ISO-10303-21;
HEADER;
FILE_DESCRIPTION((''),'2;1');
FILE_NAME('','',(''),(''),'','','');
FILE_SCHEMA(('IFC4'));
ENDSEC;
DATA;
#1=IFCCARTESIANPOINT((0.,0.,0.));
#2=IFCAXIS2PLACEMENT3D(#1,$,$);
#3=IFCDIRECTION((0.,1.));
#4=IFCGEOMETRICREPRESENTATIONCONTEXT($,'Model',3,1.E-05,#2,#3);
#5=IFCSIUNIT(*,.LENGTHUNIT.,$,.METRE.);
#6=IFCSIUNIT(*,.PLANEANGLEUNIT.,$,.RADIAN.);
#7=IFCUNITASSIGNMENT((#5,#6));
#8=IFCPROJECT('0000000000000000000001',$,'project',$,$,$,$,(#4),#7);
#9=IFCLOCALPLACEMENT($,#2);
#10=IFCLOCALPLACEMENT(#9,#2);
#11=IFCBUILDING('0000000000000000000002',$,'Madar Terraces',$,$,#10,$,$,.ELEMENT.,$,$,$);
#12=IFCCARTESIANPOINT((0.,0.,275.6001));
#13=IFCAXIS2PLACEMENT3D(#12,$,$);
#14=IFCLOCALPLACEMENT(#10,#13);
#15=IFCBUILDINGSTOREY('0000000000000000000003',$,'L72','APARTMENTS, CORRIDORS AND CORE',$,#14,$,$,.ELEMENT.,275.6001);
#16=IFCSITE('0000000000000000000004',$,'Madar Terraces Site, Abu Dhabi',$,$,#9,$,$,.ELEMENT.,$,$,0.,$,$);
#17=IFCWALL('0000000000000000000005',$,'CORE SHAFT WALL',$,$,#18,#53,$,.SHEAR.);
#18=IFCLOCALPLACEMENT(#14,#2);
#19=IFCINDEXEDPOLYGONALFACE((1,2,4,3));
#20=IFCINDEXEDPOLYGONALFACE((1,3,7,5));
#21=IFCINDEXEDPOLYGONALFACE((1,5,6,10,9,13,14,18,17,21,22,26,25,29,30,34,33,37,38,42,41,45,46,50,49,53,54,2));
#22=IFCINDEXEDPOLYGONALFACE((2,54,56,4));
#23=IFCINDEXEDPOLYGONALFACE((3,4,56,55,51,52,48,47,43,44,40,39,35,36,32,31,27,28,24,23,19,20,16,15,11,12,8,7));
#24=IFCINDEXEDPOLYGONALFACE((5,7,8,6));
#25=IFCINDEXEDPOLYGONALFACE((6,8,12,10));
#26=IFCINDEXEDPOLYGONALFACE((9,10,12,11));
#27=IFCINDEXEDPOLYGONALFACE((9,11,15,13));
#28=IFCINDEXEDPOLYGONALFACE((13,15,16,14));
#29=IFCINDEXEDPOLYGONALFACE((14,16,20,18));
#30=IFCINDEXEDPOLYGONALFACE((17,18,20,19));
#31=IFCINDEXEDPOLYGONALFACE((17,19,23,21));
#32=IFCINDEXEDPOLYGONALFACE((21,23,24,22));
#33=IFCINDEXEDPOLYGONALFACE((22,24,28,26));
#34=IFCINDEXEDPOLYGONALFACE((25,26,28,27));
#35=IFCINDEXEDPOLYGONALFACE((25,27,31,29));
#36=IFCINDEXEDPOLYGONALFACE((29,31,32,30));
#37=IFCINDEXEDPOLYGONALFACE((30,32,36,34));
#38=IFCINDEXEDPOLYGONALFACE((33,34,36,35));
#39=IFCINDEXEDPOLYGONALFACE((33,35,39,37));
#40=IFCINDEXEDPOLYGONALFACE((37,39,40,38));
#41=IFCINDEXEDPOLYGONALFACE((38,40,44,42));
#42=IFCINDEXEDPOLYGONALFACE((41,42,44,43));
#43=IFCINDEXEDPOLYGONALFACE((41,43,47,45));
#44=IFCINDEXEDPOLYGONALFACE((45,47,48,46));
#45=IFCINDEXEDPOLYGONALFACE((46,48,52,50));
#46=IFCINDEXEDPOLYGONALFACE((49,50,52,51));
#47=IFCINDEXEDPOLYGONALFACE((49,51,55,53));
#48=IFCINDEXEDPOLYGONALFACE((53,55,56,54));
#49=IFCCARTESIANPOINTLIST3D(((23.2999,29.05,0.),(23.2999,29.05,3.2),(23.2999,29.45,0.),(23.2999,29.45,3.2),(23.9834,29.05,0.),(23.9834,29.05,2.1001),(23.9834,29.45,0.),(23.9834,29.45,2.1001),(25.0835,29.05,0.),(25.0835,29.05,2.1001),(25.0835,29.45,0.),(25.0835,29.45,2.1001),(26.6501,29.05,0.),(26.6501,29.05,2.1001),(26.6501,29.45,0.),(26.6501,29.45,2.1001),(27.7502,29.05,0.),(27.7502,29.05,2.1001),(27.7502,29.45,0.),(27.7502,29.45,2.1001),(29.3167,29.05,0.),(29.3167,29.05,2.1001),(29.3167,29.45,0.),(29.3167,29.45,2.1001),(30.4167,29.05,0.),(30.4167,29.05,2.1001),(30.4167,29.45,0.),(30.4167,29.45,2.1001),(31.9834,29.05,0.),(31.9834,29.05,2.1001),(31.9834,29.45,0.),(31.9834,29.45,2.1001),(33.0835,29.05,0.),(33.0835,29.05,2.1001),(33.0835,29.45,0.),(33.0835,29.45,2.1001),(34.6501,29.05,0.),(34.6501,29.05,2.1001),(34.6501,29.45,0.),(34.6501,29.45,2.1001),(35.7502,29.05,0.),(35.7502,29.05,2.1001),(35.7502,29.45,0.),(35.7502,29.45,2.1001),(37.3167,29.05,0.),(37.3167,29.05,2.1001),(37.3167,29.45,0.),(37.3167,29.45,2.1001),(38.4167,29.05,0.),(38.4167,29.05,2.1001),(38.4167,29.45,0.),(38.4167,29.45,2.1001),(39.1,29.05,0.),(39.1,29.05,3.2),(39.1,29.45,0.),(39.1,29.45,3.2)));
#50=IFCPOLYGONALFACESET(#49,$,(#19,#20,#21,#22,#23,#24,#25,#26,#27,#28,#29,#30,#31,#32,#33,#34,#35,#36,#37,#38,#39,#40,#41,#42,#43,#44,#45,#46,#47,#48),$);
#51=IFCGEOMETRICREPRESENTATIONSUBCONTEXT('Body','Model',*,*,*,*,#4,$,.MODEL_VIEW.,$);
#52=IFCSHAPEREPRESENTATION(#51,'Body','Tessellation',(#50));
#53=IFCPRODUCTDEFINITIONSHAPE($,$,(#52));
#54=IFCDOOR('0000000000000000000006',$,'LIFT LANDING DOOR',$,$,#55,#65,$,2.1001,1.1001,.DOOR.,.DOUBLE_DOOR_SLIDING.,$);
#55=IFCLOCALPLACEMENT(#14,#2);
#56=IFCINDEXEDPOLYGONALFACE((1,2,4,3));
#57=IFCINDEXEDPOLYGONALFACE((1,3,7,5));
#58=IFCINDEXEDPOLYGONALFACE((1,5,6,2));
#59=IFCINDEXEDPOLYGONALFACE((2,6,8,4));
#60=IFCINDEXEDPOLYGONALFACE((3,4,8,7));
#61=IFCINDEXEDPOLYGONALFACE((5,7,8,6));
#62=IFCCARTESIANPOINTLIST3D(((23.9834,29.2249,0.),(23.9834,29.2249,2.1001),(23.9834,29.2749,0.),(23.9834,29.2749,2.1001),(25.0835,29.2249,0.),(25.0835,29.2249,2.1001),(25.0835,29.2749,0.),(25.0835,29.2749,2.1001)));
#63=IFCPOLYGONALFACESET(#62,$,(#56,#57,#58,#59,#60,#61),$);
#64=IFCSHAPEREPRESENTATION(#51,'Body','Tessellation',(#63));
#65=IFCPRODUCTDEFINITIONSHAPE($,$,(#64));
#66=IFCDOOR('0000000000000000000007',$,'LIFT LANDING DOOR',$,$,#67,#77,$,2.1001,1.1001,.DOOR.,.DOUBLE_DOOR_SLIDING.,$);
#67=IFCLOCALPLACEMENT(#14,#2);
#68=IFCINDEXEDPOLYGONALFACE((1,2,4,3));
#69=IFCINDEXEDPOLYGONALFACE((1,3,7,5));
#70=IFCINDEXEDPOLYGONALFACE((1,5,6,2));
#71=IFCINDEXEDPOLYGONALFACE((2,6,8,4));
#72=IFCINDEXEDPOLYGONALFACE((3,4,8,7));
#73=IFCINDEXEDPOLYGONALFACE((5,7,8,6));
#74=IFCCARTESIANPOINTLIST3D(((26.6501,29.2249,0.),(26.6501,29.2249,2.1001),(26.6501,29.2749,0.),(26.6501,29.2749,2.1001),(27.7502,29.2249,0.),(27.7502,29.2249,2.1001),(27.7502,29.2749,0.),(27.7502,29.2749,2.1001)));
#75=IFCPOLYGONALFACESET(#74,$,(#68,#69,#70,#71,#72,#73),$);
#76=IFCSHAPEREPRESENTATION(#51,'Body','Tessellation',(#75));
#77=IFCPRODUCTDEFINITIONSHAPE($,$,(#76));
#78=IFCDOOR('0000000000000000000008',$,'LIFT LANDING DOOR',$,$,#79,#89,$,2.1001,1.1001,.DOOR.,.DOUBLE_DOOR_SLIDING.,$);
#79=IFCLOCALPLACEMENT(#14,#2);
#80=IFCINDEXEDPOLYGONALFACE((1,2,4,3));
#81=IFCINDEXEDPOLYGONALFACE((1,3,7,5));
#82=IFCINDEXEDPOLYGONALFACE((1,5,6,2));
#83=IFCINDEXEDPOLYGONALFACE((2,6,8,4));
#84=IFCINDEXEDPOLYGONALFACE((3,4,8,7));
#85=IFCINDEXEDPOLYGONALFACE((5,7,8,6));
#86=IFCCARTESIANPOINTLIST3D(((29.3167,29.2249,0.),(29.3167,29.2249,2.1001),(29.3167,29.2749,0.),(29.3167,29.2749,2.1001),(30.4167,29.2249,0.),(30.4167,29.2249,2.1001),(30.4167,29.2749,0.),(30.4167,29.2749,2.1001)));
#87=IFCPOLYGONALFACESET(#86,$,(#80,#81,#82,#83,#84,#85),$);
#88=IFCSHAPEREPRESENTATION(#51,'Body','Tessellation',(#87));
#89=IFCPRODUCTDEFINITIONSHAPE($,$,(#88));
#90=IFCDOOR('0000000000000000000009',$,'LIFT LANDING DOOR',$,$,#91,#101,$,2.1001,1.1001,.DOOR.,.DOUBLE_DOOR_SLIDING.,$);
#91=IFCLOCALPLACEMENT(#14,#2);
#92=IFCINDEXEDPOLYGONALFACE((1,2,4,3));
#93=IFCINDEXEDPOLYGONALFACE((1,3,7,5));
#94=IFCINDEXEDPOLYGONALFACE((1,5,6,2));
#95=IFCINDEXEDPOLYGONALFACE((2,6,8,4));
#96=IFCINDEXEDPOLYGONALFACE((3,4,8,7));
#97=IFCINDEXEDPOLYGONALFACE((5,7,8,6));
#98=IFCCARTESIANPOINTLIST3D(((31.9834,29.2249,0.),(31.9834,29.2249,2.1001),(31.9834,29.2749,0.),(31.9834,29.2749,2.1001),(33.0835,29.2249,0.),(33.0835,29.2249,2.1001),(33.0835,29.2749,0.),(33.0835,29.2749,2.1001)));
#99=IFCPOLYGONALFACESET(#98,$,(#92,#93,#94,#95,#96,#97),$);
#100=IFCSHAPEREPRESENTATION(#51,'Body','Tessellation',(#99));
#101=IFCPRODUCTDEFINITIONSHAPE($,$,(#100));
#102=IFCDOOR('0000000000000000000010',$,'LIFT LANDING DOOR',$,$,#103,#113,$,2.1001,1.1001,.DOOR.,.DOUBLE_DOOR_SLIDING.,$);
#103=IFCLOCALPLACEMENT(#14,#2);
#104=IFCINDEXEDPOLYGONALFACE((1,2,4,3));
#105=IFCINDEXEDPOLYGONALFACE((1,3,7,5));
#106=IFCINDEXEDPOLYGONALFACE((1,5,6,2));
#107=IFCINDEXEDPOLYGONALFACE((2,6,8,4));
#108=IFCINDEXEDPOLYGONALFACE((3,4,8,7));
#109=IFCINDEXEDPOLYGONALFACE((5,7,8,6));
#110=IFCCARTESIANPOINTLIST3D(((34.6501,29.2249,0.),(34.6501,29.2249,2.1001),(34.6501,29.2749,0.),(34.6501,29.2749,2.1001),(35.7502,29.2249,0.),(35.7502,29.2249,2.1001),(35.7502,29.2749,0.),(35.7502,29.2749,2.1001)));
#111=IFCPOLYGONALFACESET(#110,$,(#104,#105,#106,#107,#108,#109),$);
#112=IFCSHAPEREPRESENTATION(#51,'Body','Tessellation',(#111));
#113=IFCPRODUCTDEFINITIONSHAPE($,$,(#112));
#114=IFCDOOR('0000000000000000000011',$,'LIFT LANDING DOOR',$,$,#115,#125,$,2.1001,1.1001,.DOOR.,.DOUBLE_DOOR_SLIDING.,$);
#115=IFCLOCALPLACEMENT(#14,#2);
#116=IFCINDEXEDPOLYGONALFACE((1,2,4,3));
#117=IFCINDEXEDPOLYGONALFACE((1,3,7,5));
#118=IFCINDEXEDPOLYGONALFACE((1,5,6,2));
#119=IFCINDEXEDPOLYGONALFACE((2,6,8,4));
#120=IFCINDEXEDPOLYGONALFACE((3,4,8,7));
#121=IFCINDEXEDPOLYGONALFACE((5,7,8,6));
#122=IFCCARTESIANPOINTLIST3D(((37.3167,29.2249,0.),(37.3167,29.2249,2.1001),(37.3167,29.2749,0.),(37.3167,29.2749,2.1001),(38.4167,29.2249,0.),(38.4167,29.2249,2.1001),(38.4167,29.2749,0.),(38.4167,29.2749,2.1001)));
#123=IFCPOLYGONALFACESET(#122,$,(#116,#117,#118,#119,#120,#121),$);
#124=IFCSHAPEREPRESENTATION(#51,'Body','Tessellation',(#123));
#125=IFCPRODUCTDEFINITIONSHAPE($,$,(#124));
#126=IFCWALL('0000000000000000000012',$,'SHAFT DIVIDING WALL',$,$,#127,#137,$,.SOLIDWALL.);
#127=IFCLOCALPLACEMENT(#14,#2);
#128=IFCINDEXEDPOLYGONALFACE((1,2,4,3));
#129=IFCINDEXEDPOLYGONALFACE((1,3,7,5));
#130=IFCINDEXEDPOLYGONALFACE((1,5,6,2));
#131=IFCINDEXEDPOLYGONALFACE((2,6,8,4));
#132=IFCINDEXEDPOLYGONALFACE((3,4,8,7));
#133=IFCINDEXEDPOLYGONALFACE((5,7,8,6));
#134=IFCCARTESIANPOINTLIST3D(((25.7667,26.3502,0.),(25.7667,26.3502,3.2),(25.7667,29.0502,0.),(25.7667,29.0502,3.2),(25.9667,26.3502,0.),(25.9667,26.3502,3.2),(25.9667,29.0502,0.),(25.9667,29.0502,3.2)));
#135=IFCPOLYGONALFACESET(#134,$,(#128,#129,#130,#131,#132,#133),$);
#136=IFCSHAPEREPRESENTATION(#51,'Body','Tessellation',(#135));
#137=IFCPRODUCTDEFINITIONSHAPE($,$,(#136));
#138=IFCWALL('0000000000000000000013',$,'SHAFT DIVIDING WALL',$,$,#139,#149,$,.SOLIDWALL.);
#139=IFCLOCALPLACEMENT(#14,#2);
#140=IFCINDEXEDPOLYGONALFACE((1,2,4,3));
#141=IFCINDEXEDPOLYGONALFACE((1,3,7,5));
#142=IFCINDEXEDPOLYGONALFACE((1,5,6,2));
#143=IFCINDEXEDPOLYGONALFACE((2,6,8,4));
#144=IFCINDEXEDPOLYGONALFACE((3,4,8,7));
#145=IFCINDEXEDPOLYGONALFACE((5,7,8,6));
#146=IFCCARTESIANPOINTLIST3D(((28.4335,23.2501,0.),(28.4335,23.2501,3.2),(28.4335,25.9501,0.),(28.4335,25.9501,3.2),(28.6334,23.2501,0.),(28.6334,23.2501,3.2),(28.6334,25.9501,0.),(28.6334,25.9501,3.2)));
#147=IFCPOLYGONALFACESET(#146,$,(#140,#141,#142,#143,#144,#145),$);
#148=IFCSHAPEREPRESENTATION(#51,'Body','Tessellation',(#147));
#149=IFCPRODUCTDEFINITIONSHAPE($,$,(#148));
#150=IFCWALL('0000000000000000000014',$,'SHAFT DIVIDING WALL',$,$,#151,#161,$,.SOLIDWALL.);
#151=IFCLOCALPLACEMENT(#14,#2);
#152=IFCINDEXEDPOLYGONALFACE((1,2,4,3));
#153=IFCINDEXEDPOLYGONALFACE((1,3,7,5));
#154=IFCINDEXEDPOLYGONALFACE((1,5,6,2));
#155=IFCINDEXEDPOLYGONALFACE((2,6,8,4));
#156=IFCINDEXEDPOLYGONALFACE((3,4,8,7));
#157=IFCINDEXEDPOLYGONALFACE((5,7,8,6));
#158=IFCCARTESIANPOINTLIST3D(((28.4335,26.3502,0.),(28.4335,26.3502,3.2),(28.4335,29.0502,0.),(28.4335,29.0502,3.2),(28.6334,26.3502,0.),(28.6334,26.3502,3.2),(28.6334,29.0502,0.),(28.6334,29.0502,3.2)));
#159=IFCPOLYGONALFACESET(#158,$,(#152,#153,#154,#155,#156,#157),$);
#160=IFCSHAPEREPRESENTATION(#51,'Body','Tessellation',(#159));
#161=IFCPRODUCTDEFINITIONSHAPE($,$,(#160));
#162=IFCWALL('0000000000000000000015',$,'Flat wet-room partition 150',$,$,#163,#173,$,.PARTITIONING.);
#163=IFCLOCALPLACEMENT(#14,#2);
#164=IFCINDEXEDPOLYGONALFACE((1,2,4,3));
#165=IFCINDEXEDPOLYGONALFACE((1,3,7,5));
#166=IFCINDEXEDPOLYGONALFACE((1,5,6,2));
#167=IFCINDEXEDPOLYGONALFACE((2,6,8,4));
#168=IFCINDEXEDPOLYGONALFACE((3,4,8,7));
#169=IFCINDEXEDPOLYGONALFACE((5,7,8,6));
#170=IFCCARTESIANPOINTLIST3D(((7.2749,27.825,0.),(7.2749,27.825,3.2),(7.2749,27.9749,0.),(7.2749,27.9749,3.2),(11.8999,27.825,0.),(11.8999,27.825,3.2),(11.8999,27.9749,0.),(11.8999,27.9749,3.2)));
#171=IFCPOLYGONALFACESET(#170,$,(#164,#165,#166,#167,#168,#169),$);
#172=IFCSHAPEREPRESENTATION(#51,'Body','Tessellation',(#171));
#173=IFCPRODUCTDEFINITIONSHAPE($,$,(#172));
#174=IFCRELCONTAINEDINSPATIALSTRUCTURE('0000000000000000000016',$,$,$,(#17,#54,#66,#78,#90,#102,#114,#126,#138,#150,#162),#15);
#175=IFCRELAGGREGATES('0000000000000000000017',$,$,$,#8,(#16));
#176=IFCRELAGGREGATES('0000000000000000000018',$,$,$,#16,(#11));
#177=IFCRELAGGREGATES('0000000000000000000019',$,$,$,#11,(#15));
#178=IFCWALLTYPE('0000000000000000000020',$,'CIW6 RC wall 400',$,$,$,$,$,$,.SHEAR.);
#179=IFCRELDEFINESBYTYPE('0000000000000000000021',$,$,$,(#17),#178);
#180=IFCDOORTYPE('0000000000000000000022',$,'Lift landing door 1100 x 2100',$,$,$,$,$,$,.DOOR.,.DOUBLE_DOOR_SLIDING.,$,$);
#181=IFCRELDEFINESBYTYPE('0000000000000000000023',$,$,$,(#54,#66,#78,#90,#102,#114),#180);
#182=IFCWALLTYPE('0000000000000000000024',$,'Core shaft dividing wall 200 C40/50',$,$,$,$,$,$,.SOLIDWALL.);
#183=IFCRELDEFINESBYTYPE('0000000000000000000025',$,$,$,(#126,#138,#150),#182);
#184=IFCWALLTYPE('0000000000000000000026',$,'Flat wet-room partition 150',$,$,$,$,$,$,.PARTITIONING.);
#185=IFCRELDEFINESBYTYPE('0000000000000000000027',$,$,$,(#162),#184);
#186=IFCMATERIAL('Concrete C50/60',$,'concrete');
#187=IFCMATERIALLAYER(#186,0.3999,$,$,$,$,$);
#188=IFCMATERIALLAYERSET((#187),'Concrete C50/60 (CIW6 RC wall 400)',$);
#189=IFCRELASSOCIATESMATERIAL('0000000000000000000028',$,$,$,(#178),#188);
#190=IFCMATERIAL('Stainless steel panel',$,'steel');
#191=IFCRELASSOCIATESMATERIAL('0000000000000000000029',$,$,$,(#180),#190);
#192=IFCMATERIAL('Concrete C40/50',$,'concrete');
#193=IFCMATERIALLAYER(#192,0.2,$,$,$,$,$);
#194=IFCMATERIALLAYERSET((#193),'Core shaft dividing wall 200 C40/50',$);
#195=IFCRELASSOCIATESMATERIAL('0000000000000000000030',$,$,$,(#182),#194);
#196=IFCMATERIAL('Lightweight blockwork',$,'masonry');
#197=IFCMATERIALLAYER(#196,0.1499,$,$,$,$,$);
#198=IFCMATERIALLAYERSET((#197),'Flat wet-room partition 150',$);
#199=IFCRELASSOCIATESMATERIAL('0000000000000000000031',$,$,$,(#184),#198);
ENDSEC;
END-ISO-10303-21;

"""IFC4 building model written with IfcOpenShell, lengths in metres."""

from ifc_helpers import new_model, si_unit, direction, frame, frame_2d, origin, place, context, subcontext, project, spatial, rectangle, extrude, material, layer, layer_set, type_object, element, fill, save


model = new_model("IFC4")

# Units and contexts
model_context = context("Model", 3, precision=1e-05, world=origin(), true_north=direction((0.0, 1.0)))
body_context = subcontext(model_context, "Body", "Model", "MODEL_VIEW")
ifc_project = project(units=[si_unit("LENGTHUNIT", "METRE"), si_unit("PLANEANGLEUNIT", "RADIAN")], contexts=[model_context])

# Site, building, storey
site_placement = place(None, origin())
site = spatial("IfcSite", under=ifc_project, at=site_placement, Name="Madar Terraces Site, Abu Dhabi", CompositionType="ELEMENT", RefElevation=0.0)
building_placement = place(site_placement, origin())
building = spatial("IfcBuilding", under=site, at=building_placement, Name="Madar Terraces", CompositionType="ELEMENT")
storey_placement = place(building_placement, frame((0.0, 0.0, 275.6001)))
storey = spatial("IfcBuildingStorey", under=building, at=storey_placement, Name="L72", Description="APARTMENTS, CORRIDORS AND CORE", CompositionType="ELEMENT", Elevation=275.6001)

# Shared definitions
ifc_material_1 = material(Name="Concrete C50/60", Category="concrete")
ifc_layer_1 = layer(ifc_material_1, 0.3999)
ifc_layer_set_1 = layer_set([ifc_layer_1], Name="Concrete C50/60 (CIW6 RC wall 400)")
wall_type_1 = type_object("IfcWallType", Name="CIW6 RC wall 400", PredefinedType="SHEAR", material=ifc_layer_set_1)

# Wall, openings, doors
wall_1_placement = place(storey_placement, frame((23.3, 29.25, 0.0), z_axis=(0.0, 0.0, 1.0), x_axis=(1.0, 0.0, 0.0)))
wall_1 = element("IfcWall", 1, at=wall_1_placement, inside=storey, type_object=wall_type_1, Name="CORE SHAFT WALL", PredefinedType="SHEAR", context=body_context, shape_type="SweptSolid", body=[
    extrude(rectangle(XDim=15.8, YDim=0.3999, at=frame_2d((7.8999, 0.0))), origin(), (0.0, 0.0, 1.0), 3.2),
])
opening_1_placement = place(wall_1_placement, frame((0.6833, 0.0, 0.0)))
opening_1 = element("IfcOpeningElement", 2, at=opening_1_placement, cuts=wall_1, PredefinedType="OPENING", context=body_context, shape_type="SweptSolid", body=[
    extrude(rectangle(XDim=1.1001, YDim=2.1001, at=frame_2d((0.55, 1.05))), frame((0.0, 0.21, 0.0), z_axis=(0.0, -1.0, 0.0), x_axis=(1.0, 0.0, 0.0)), (0.0, 0.0, 1.0), 0.4199),
])
opening_2_placement = place(wall_1_placement, frame((3.3501, 0.0, 0.0)))
opening_2 = element("IfcOpeningElement", 3, at=opening_2_placement, cuts=wall_1, PredefinedType="OPENING", context=body_context, shape_type="SweptSolid", body=[
    extrude(rectangle(XDim=1.1001, YDim=2.1001, at=frame_2d((0.55, 1.05))), frame((0.0, 0.21, 0.0), z_axis=(0.0, -1.0, 0.0), x_axis=(1.0, 0.0, 0.0)), (0.0, 0.0, 1.0), 0.4199),
])
opening_3_placement = place(wall_1_placement, frame((6.0166, 0.0, 0.0)))
opening_3 = element("IfcOpeningElement", 4, at=opening_3_placement, cuts=wall_1, PredefinedType="OPENING", context=body_context, shape_type="SweptSolid", body=[
    extrude(rectangle(XDim=1.1001, YDim=2.1001, at=frame_2d((0.55, 1.05))), frame((0.0, 0.21, 0.0), z_axis=(0.0, -1.0, 0.0), x_axis=(1.0, 0.0, 0.0)), (0.0, 0.0, 1.0), 0.4199),
])
opening_4_placement = place(wall_1_placement, frame((8.6833, 0.0, 0.0)))
opening_4 = element("IfcOpeningElement", 5, at=opening_4_placement, cuts=wall_1, PredefinedType="OPENING", context=body_context, shape_type="SweptSolid", body=[
    extrude(rectangle(XDim=1.1001, YDim=2.1001, at=frame_2d((0.55, 1.05))), frame((0.0, 0.21, 0.0), z_axis=(0.0, -1.0, 0.0), x_axis=(1.0, 0.0, 0.0)), (0.0, 0.0, 1.0), 0.4199),
])
opening_5_placement = place(wall_1_placement, frame((11.3501, 0.0, 0.0)))
opening_5 = element("IfcOpeningElement", 6, at=opening_5_placement, cuts=wall_1, PredefinedType="OPENING", context=body_context, shape_type="SweptSolid", body=[
    extrude(rectangle(XDim=1.1001, YDim=2.1001, at=frame_2d((0.55, 1.05))), frame((0.0, 0.21, 0.0), z_axis=(0.0, -1.0, 0.0), x_axis=(1.0, 0.0, 0.0)), (0.0, 0.0, 1.0), 0.4199),
])
opening_6_placement = place(wall_1_placement, frame((14.0166, 0.0, 0.0)))
opening_6 = element("IfcOpeningElement", 7, at=opening_6_placement, cuts=wall_1, PredefinedType="OPENING", context=body_context, shape_type="SweptSolid", body=[
    extrude(rectangle(XDim=1.1001, YDim=2.1001, at=frame_2d((0.55, 1.05))), frame((0.0, 0.21, 0.0), z_axis=(0.0, -1.0, 0.0), x_axis=(1.0, 0.0, 0.0)), (0.0, 0.0, 1.0), 0.4199),
])
ifc_material_2 = material(Name="Stainless steel panel", Category="steel")
door_type_1 = type_object("IfcDoorType", Name="Lift landing door 1100 x 2100", OperationType="DOUBLE_DOOR_SLIDING", PredefinedType="DOOR", material=ifc_material_2)
door_1_placement = place(opening_1_placement, origin())
door_1 = element("IfcDoor", 8, at=door_1_placement, inside=storey, type_object=door_type_1, Name="LIFT LANDING DOOR", OperationType="DOUBLE_DOOR_SLIDING", OverallHeight=2.1001, OverallWidth=1.1001, PredefinedType="DOOR", context=body_context, shape_type="SweptSolid", body=[
    extrude(rectangle(XDim=1.1001, YDim=2.1001, at=frame_2d((0.55, 1.05))), frame((0.0, 0.0249, 0.0), z_axis=(0.0, -1.0, 0.0), x_axis=(1.0, 0.0, 0.0)), (0.0, 0.0, 1.0), 0.05),
])
fill(opening_1, door_1)
door_2_placement = place(opening_2_placement, origin())
door_2 = element("IfcDoor", 9, at=door_2_placement, inside=storey, type_object=door_type_1, Name="LIFT LANDING DOOR", OperationType="DOUBLE_DOOR_SLIDING", OverallHeight=2.1001, OverallWidth=1.1001, PredefinedType="DOOR", context=body_context, shape_type="SweptSolid", body=[
    extrude(rectangle(XDim=1.1001, YDim=2.1001, at=frame_2d((0.55, 1.05))), frame((0.0, 0.0249, 0.0), z_axis=(0.0, -1.0, 0.0), x_axis=(1.0, 0.0, 0.0)), (0.0, 0.0, 1.0), 0.05),
])
fill(opening_2, door_2)
door_3_placement = place(opening_3_placement, origin())
door_3 = element("IfcDoor", 10, at=door_3_placement, inside=storey, type_object=door_type_1, Name="LIFT LANDING DOOR", OperationType="DOUBLE_DOOR_SLIDING", OverallHeight=2.1001, OverallWidth=1.1001, PredefinedType="DOOR", context=body_context, shape_type="SweptSolid", body=[
    extrude(rectangle(XDim=1.1001, YDim=2.1001, at=frame_2d((0.55, 1.05))), frame((0.0, 0.0249, 0.0), z_axis=(0.0, -1.0, 0.0), x_axis=(1.0, 0.0, 0.0)), (0.0, 0.0, 1.0), 0.05),
])
fill(opening_3, door_3)
door_4_placement = place(opening_4_placement, origin())
door_4 = element("IfcDoor", 11, at=door_4_placement, inside=storey, type_object=door_type_1, Name="LIFT LANDING DOOR", OperationType="DOUBLE_DOOR_SLIDING", OverallHeight=2.1001, OverallWidth=1.1001, PredefinedType="DOOR", context=body_context, shape_type="SweptSolid", body=[
    extrude(rectangle(XDim=1.1001, YDim=2.1001, at=frame_2d((0.55, 1.05))), frame((0.0, 0.0249, 0.0), z_axis=(0.0, -1.0, 0.0), x_axis=(1.0, 0.0, 0.0)), (0.0, 0.0, 1.0), 0.05),
])
fill(opening_4, door_4)
door_5_placement = place(opening_5_placement, origin())
door_5 = element("IfcDoor", 12, at=door_5_placement, inside=storey, type_object=door_type_1, Name="LIFT LANDING DOOR", OperationType="DOUBLE_DOOR_SLIDING", OverallHeight=2.1001, OverallWidth=1.1001, PredefinedType="DOOR", context=body_context, shape_type="SweptSolid", body=[
    extrude(rectangle(XDim=1.1001, YDim=2.1001, at=frame_2d((0.55, 1.05))), frame((0.0, 0.0249, 0.0), z_axis=(0.0, -1.0, 0.0), x_axis=(1.0, 0.0, 0.0)), (0.0, 0.0, 1.0), 0.05),
])
fill(opening_5, door_5)
door_6_placement = place(opening_6_placement, origin())
door_6 = element("IfcDoor", 13, at=door_6_placement, inside=storey, type_object=door_type_1, Name="LIFT LANDING DOOR", OperationType="DOUBLE_DOOR_SLIDING", OverallHeight=2.1001, OverallWidth=1.1001, PredefinedType="DOOR", context=body_context, shape_type="SweptSolid", body=[
    extrude(rectangle(XDim=1.1001, YDim=2.1001, at=frame_2d((0.55, 1.05))), frame((0.0, 0.0249, 0.0), z_axis=(0.0, -1.0, 0.0), x_axis=(1.0, 0.0, 0.0)), (0.0, 0.0, 1.0), 0.05),
])
fill(opening_6, door_6)

# Walls
ifc_material_3 = material(Name="Concrete C40/50", Category="concrete")
ifc_layer_2 = layer(ifc_material_3, 0.2)
ifc_layer_set_2 = layer_set([ifc_layer_2], Name="Core shaft dividing wall 200 C40/50")
wall_type_2 = type_object("IfcWallType", Name="Core shaft dividing wall 200 C40/50", PredefinedType="SOLIDWALL", material=ifc_layer_set_2)
for number, where, z_axis, x_axis, name in (
    (14, (25.8667, 26.3501, 0.0), (0.0, 0.0, 1.0), (0.0, 1.0, 0.0), "SHAFT DIVIDING WALL"),
    (15, (28.5334, 23.25, 0.0), (0.0, 0.0, 1.0), (0.0, 1.0, 0.0), "SHAFT DIVIDING WALL"),
    (16, (28.5334, 26.3501, 0.0), (0.0, 0.0, 1.0), (0.0, 1.0, 0.0), "SHAFT DIVIDING WALL"),
):
    element("IfcWall", number, at=place(storey_placement, frame(where, z_axis=z_axis, x_axis=x_axis)), inside=storey, type_object=wall_type_2, Name=name, PredefinedType="SOLIDWALL", context=body_context, shape_type="SweptSolid", body=[
        extrude(rectangle(XDim=2.7, YDim=0.2, at=frame_2d((1.3501, 0.0))), origin(), (0.0, 0.0, 1.0), 3.2),
    ])
ifc_material_4 = material(Name="Lightweight blockwork", Category="masonry")
ifc_layer_3 = layer(ifc_material_4, 0.1499)
ifc_layer_set_3 = layer_set([ifc_layer_3], Name="Flat wet-room partition 150")
wall_type_3 = type_object("IfcWallType", Name="Flat wet-room partition 150", PredefinedType="PARTITIONING", material=ifc_layer_set_3)
wall_2_placement = place(storey_placement, frame((11.8999, 27.8999, 0.0), z_axis=(0.0, 0.0, 1.0), x_axis=(-1.0, 0.0, 0.0)))
element("IfcWall", 17, at=wall_2_placement, inside=storey, type_object=wall_type_3, Name="Flat wet-room partition 150", PredefinedType="PARTITIONING", context=body_context, shape_type="SweptSolid", body=[
    extrude(rectangle(XDim=4.625, YDim=0.1499, at=frame_2d((2.3125, 0.0))), origin(), (0.0, 0.0, 1.0), 3.2),
])

save(model, "model.ifc")
